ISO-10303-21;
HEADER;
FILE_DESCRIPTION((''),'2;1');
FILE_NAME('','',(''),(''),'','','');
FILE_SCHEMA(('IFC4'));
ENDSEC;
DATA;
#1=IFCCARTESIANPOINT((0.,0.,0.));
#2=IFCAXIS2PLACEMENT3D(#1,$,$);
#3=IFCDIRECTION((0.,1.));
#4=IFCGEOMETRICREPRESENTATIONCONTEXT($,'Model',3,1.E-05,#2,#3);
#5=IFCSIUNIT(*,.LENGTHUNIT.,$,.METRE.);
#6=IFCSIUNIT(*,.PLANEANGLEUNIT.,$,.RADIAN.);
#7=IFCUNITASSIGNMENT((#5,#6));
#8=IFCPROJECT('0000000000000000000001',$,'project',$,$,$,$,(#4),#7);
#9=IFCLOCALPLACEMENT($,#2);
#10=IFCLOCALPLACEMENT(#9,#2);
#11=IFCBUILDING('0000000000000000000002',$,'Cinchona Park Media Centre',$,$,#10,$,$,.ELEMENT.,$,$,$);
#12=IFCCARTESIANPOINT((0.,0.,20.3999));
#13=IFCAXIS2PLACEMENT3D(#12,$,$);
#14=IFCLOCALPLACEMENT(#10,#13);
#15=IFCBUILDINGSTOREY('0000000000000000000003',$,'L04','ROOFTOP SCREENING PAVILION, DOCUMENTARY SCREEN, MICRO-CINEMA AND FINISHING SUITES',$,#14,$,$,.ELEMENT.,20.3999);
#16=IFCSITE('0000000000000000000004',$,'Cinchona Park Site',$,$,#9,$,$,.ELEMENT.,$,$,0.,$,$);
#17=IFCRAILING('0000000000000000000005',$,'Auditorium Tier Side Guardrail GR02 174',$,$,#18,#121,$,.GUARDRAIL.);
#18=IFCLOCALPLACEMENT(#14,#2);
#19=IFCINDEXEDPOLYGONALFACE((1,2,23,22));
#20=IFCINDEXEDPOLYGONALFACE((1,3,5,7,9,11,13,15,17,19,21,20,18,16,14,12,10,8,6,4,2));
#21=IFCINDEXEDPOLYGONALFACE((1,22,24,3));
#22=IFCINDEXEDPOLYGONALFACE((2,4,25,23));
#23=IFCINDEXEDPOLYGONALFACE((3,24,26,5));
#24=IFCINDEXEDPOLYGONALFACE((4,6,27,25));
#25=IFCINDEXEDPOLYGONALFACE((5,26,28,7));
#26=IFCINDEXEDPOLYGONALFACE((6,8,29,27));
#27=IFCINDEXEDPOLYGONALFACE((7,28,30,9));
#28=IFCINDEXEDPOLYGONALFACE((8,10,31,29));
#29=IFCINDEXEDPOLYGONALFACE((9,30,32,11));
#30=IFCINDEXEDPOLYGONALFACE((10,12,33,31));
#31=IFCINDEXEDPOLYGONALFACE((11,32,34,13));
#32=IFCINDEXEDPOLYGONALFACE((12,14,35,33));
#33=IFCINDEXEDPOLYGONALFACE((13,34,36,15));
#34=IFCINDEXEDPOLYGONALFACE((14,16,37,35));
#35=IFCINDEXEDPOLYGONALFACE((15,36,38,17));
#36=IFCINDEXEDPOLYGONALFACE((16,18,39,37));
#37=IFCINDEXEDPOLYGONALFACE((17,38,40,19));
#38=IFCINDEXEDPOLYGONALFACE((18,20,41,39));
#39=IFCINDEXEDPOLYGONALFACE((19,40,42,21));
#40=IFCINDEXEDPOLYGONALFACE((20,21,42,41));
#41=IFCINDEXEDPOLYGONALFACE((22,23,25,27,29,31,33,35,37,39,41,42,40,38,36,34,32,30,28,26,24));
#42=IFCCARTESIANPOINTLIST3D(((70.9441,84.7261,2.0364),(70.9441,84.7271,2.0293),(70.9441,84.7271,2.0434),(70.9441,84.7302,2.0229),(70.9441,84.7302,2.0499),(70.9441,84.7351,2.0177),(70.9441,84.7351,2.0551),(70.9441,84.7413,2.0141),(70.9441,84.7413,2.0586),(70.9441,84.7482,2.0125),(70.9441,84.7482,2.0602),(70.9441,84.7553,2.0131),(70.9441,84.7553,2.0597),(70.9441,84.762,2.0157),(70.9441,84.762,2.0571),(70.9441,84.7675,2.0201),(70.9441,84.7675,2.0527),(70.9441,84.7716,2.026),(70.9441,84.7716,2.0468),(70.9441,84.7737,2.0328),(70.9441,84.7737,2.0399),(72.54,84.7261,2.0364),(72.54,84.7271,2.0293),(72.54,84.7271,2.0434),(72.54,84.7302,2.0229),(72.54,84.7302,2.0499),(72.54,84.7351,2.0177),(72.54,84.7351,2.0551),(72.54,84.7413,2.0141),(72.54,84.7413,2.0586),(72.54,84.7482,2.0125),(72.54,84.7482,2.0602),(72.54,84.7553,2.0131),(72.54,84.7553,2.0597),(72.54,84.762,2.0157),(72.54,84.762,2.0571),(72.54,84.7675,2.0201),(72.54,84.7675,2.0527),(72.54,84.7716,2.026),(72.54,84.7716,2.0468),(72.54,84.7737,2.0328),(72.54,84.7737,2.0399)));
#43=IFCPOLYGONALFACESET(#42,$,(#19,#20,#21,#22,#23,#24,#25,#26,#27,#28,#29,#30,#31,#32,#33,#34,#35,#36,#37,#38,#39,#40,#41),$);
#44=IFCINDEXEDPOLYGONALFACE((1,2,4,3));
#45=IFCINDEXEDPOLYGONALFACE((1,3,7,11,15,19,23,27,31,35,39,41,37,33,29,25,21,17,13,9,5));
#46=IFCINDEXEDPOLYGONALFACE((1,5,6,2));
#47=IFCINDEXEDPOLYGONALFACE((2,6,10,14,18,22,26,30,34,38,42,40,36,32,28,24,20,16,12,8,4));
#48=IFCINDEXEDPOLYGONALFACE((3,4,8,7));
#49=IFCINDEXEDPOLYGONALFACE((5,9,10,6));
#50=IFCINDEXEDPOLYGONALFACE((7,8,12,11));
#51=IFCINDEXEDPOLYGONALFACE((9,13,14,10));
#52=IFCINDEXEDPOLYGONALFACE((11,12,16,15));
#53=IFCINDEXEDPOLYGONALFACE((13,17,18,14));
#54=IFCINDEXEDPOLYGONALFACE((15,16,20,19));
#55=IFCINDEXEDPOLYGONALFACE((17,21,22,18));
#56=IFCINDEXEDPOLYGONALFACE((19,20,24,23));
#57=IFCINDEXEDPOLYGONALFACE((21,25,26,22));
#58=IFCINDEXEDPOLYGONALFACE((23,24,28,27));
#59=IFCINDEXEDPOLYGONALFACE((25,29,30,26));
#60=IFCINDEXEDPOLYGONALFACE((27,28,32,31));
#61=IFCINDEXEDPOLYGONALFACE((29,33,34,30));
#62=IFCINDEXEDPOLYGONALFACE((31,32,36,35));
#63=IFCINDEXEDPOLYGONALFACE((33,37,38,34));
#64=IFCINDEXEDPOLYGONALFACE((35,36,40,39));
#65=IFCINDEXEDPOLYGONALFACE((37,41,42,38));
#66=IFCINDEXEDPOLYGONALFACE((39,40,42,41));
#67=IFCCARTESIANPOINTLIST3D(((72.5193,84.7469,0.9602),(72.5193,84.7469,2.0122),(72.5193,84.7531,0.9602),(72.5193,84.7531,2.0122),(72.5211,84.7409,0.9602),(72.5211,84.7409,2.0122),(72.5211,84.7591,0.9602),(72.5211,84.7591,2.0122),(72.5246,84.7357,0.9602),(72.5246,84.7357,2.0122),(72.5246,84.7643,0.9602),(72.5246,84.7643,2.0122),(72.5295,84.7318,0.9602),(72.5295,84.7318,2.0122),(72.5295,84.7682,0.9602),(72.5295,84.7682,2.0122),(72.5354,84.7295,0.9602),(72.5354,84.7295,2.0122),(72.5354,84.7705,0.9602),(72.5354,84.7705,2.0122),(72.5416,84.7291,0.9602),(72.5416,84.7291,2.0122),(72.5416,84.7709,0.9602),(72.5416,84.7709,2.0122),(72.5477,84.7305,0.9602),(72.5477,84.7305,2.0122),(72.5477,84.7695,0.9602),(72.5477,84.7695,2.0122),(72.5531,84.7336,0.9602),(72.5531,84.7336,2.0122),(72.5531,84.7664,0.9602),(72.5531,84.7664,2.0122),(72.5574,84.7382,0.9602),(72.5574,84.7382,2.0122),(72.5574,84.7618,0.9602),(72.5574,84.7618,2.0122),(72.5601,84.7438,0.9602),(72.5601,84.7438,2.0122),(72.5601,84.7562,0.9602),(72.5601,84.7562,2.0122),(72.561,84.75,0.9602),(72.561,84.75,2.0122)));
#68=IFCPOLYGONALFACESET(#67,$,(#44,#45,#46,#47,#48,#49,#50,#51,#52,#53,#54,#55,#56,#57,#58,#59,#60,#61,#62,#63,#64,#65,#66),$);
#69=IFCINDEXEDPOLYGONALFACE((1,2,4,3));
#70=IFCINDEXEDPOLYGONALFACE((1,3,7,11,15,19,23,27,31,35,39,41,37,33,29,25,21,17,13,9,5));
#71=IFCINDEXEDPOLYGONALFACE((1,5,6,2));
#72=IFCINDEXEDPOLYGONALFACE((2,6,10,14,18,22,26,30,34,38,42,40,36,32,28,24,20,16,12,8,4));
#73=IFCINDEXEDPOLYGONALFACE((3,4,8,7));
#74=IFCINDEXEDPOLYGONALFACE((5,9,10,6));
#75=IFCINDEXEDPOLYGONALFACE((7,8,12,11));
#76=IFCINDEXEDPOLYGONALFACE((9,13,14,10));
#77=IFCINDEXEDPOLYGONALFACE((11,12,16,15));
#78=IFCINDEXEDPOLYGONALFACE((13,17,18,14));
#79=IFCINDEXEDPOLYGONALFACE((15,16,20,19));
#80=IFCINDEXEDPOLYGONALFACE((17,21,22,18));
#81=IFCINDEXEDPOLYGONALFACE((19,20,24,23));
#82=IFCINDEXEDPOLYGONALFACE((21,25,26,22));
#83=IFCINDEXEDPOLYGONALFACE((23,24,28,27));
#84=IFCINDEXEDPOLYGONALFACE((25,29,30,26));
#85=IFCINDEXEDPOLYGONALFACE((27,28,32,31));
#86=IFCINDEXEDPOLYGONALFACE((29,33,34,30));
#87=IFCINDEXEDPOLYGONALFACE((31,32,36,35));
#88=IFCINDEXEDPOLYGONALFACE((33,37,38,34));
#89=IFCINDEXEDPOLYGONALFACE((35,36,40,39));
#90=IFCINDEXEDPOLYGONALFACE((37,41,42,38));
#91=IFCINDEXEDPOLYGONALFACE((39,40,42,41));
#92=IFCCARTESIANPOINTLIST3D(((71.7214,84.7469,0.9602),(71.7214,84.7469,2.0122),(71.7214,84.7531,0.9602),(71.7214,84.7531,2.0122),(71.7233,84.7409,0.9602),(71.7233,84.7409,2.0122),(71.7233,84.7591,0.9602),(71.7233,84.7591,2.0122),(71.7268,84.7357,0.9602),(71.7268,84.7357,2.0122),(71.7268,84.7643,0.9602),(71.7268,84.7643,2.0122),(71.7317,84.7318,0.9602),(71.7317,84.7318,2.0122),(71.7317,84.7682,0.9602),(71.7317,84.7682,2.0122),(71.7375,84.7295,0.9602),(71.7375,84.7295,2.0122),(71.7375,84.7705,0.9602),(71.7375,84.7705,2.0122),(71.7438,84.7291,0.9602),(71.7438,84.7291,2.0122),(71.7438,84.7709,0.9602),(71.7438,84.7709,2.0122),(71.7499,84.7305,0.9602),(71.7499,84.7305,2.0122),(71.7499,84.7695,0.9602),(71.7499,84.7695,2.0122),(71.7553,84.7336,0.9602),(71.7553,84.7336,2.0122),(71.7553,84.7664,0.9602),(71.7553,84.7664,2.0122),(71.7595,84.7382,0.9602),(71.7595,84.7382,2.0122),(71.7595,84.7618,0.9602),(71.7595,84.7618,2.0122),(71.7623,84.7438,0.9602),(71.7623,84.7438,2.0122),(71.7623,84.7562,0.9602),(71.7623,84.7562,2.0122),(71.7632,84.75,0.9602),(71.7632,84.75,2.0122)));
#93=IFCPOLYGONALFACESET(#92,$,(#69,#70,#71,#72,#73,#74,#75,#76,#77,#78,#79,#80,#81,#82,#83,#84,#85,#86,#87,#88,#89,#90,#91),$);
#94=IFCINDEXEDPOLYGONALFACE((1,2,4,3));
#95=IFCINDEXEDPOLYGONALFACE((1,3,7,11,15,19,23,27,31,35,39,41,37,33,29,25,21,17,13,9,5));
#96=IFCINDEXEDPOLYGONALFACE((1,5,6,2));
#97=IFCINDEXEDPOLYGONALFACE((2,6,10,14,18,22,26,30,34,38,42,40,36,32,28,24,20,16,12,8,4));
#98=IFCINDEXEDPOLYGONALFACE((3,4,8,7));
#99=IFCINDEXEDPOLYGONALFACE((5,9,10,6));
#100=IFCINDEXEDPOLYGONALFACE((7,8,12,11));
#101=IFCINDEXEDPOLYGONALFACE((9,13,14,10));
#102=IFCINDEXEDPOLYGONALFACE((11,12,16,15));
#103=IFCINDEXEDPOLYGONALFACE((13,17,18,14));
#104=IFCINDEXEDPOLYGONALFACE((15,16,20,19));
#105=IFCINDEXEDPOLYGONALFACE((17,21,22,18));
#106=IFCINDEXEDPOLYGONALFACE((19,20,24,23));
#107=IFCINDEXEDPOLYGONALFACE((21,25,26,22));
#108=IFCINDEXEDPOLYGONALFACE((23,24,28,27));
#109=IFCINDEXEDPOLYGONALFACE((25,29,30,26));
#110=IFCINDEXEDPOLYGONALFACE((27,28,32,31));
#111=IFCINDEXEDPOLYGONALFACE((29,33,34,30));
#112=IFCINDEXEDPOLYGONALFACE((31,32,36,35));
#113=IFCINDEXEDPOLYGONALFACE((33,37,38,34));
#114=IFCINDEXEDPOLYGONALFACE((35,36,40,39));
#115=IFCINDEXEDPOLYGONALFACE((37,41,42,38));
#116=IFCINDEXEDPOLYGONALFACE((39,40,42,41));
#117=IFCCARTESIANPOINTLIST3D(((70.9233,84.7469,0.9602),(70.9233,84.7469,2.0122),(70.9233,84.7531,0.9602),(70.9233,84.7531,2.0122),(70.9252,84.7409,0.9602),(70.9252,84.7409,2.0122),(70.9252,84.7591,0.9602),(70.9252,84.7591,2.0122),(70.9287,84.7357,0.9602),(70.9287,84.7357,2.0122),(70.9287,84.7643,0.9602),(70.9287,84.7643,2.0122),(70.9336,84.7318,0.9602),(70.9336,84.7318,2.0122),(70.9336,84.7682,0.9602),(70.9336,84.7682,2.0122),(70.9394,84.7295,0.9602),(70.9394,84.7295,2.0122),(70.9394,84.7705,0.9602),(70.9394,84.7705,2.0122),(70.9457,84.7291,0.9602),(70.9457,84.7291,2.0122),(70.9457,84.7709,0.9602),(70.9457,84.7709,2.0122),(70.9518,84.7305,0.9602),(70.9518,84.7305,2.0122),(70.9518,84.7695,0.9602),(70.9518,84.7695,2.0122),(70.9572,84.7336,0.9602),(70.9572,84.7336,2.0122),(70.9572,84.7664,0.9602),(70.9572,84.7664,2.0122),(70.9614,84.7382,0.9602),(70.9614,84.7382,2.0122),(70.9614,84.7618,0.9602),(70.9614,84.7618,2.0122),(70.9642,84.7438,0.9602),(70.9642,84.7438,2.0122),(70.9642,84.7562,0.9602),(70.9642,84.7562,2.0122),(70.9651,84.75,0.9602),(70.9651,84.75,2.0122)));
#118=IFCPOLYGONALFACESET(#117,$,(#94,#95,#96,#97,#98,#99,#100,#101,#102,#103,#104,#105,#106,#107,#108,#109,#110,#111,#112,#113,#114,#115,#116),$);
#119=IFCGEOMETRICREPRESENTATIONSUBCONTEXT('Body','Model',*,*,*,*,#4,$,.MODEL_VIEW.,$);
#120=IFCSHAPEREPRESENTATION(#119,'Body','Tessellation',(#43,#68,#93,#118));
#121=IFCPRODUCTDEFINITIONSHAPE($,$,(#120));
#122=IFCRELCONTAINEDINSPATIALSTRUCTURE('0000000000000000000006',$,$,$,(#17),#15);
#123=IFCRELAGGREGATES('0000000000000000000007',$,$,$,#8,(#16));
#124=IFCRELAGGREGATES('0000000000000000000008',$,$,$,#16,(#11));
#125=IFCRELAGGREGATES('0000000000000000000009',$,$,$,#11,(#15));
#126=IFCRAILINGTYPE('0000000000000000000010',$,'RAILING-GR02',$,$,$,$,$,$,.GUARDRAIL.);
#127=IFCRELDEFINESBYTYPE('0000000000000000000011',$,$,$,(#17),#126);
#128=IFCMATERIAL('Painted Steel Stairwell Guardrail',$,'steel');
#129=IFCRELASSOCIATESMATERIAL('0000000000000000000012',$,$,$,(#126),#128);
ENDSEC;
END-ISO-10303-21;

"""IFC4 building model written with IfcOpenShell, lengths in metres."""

from ifc_helpers import new_model, si_unit, direction, frame, origin, origin_2d, place, context, subcontext, project, spatial, circle, extrude, material, type_object, element, save


model = new_model("IFC4")

# Units and contexts
model_context = context("Model", 3, precision=1e-05, world=origin(), true_north=direction((0.0, 1.0)))
body_context = subcontext(model_context, "Body", "Model", "MODEL_VIEW")
ifc_project = project(units=[si_unit("LENGTHUNIT", "METRE"), si_unit("PLANEANGLEUNIT", "RADIAN")], contexts=[model_context])

# Site, building, storey
site_placement = place(None, origin())
site = spatial("IfcSite", under=ifc_project, at=site_placement, Name="Cinchona Park Site", CompositionType="ELEMENT", RefElevation=0.0)
building_placement = place(site_placement, origin())
building = spatial("IfcBuilding", under=site, at=building_placement, Name="Cinchona Park Media Centre", CompositionType="ELEMENT")
storey_placement = place(building_placement, frame((0.0, 0.0, 20.3999)))
storey = spatial("IfcBuildingStorey", under=building, at=storey_placement, Name="L04", Description="ROOFTOP SCREENING PAVILION, DOCUMENTARY SCREEN, MICRO-CINEMA AND FINISHING SUITES", CompositionType="ELEMENT", Elevation=20.3999)

# Railing
ifc_material_1 = material(Name="Painted Steel Stairwell Guardrail", Category="steel")
railing_type_1 = type_object("IfcRailingType", Name="RAILING-GR02", PredefinedType="GUARDRAIL", material=ifc_material_1)
railing_1_placement = place(storey_placement, frame((72.54, 84.75, 0.9602)))
element("IfcRailing", 1, at=railing_1_placement, inside=storey, type_object=railing_type_1, Name="Auditorium Tier Side Guardrail GR02 174", PredefinedType="GUARDRAIL", context=body_context, shape_type="SweptSolid", body=[
    extrude(circle(Radius=0.0239, at=origin_2d()), frame((0.0, 0.0, 1.0762), z_axis=(-1.0, 0.0, 0.0), x_axis=(0.0, -1.0, 0.0)), (0.0, 0.0, 1.0), 1.5959),
    extrude(circle(Radius=0.021, at=origin_2d()), origin(), (0.0, 0.0, 1.0), 1.052),
    extrude(circle(Radius=0.021, at=origin_2d()), frame((-0.7979, 0.0, 0.0)), (0.0, 0.0, 1.0), 1.052),
    extrude(circle(Radius=0.021, at=origin_2d()), frame((-1.5959, 0.0, 0.0)), (0.0, 0.0, 1.0), 1.052),
])

save(model, "model.ifc")
